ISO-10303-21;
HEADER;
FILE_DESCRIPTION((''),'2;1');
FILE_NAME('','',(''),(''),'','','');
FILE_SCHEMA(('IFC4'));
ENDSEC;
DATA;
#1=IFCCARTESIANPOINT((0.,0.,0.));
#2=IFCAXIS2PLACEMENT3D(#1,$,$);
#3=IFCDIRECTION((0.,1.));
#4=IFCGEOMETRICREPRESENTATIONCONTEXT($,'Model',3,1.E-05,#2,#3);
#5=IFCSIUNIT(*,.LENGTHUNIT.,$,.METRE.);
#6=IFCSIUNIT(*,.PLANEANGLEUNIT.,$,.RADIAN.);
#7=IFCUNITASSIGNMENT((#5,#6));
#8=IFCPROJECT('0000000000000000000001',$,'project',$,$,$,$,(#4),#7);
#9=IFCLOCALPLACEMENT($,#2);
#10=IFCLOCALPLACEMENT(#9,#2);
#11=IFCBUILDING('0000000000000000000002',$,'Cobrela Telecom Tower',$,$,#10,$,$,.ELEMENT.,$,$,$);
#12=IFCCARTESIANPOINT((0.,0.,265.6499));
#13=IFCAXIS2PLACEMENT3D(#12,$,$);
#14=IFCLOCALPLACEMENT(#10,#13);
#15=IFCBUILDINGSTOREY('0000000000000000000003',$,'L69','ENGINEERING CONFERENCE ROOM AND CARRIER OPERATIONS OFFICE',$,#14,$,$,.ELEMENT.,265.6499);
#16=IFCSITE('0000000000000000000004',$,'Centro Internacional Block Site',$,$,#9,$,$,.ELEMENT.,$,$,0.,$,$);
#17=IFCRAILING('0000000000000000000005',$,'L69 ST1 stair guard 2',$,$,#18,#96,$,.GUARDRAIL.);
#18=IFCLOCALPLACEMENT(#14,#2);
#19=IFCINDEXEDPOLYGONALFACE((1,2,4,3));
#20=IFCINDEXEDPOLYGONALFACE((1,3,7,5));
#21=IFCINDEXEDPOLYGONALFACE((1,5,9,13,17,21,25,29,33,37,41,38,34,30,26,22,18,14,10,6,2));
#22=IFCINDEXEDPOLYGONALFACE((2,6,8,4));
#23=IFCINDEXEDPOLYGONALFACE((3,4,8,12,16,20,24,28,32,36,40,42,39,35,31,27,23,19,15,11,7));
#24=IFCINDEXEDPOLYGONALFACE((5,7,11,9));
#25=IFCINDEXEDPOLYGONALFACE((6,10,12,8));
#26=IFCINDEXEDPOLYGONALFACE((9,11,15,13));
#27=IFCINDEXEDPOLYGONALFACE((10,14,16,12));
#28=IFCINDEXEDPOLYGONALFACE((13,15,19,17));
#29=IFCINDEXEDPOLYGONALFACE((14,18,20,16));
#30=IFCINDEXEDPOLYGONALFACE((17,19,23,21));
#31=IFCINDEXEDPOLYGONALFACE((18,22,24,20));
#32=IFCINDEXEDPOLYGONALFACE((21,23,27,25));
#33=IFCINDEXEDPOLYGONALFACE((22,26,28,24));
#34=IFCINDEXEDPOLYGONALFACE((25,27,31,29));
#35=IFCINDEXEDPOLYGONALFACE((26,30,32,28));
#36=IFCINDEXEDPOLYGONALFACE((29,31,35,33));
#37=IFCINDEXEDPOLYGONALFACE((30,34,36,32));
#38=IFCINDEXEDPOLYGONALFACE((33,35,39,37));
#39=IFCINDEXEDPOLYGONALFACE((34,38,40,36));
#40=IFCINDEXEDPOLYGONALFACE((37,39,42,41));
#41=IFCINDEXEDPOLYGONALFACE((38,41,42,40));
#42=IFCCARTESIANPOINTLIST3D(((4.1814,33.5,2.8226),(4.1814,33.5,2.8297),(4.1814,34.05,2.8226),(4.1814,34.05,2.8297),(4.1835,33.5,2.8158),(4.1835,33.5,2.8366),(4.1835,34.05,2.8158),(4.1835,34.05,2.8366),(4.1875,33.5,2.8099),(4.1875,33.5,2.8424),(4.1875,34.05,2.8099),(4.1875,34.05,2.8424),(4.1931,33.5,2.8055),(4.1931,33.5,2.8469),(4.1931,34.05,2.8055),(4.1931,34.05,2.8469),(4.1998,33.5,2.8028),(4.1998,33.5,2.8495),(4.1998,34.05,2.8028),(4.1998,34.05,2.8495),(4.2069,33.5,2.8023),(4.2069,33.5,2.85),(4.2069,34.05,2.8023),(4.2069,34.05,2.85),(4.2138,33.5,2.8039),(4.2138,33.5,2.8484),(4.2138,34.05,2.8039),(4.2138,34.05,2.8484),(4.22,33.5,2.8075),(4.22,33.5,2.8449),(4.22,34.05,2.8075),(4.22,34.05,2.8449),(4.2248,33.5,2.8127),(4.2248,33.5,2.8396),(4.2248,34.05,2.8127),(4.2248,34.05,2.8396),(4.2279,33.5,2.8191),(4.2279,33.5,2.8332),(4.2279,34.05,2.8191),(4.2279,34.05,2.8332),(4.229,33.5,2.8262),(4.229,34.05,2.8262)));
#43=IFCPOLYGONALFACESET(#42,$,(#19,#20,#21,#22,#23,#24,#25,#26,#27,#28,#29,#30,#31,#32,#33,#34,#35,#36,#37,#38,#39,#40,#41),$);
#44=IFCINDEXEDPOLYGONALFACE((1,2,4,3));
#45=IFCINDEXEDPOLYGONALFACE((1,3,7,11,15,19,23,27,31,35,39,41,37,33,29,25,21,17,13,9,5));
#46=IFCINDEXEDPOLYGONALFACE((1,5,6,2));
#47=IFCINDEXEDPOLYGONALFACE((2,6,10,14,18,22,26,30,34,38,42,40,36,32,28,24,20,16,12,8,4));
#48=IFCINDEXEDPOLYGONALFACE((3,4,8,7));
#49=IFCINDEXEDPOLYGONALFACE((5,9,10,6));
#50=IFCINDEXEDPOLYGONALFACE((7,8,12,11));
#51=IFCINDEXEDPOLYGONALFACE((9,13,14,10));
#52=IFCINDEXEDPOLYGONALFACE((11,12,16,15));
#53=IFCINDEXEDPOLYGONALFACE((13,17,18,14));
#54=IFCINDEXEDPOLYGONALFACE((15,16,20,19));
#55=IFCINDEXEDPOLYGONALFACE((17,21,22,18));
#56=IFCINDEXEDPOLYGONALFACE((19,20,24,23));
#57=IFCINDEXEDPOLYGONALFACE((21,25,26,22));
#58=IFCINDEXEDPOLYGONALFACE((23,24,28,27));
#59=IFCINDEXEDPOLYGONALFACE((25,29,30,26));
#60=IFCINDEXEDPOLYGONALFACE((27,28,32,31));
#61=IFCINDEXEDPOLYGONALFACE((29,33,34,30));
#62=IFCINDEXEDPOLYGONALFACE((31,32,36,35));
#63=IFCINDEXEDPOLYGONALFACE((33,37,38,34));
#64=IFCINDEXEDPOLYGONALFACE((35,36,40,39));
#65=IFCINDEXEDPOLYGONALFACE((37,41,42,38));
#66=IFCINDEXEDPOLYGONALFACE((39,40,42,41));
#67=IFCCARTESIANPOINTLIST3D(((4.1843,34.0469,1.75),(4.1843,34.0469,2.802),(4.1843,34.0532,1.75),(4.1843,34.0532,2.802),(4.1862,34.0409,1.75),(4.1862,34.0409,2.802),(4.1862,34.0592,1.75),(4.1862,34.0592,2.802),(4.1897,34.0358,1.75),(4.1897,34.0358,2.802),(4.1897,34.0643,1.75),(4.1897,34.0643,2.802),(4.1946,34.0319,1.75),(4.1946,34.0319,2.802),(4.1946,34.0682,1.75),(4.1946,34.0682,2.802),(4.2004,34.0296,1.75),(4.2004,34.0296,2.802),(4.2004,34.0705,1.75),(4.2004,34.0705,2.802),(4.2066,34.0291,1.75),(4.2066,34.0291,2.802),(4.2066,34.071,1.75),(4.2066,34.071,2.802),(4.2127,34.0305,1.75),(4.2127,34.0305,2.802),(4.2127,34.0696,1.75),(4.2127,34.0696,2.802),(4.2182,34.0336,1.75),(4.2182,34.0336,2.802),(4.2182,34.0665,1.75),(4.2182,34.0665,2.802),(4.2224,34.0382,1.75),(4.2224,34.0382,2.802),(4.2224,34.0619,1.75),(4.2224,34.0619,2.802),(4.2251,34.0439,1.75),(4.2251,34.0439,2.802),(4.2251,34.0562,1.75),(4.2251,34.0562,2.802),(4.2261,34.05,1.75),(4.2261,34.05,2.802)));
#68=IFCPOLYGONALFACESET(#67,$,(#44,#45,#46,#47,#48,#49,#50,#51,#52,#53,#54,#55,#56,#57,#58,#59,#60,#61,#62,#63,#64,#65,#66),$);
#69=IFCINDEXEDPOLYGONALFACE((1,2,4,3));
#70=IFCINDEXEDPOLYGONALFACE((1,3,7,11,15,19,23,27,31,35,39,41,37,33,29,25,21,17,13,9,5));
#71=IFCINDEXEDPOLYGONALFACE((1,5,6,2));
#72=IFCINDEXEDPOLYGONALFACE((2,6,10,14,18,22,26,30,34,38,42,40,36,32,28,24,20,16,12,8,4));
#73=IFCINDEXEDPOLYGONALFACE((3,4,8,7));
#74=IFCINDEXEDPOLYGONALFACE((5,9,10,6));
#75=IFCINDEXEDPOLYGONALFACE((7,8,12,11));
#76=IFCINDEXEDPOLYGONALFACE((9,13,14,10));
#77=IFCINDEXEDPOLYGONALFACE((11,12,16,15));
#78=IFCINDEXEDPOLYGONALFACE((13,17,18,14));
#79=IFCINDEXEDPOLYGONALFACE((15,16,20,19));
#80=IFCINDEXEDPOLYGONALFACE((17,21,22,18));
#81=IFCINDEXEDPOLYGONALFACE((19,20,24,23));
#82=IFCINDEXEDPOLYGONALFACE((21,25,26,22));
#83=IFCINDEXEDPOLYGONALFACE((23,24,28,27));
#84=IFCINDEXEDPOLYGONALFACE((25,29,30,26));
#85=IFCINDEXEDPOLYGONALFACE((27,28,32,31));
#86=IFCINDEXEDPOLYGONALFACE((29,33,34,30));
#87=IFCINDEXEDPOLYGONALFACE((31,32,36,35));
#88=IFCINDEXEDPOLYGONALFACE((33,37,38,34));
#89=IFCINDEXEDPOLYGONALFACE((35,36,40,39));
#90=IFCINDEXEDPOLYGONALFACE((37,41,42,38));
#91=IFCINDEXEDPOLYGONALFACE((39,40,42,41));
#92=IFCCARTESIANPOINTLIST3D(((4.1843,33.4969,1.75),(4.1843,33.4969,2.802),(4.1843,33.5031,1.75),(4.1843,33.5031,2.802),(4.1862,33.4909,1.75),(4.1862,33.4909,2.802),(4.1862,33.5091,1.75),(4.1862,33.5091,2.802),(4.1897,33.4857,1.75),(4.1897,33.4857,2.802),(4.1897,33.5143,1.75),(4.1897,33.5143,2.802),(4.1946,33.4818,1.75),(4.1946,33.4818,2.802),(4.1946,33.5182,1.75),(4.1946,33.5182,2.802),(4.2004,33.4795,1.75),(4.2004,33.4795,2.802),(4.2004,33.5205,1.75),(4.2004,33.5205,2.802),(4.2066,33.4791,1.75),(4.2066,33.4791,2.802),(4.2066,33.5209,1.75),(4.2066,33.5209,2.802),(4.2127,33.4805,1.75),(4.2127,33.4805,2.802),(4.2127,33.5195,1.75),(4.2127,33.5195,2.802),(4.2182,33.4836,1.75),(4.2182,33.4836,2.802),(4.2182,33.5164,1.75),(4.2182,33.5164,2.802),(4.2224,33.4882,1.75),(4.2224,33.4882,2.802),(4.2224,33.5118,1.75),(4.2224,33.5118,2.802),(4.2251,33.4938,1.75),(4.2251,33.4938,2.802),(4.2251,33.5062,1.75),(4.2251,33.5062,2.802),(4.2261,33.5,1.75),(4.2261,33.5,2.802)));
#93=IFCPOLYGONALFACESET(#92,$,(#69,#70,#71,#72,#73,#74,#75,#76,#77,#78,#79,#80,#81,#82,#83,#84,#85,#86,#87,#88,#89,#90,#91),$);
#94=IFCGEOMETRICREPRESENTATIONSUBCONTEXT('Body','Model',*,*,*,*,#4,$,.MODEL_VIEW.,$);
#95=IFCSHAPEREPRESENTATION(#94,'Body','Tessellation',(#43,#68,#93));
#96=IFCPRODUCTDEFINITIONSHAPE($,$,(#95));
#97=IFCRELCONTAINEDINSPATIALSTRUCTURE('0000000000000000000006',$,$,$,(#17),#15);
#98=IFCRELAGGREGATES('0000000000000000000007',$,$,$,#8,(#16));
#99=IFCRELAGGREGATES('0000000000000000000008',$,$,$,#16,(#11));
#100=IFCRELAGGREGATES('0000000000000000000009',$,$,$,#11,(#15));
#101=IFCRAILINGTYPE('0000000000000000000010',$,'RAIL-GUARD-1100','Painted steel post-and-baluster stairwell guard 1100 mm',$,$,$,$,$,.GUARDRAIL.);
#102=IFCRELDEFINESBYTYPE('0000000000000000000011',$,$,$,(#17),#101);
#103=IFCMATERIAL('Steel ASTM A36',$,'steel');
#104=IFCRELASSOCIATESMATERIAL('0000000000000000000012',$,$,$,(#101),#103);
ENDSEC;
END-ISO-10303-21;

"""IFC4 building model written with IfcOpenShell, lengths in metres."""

from ifc_helpers import new_model, si_unit, direction, frame, origin, origin_2d, place, context, subcontext, project, spatial, circle, extrude, material, type_object, element, save


model = new_model("IFC4")

# Units and contexts
model_context = context("Model", 3, precision=1e-05, world=origin(), true_north=direction((0.0, 1.0)))
body_context = subcontext(model_context, "Body", "Model", "MODEL_VIEW")
ifc_project = project(units=[si_unit("LENGTHUNIT", "METRE"), si_unit("PLANEANGLEUNIT", "RADIAN")], contexts=[model_context])

# Site, building, storey
site_placement = place(None, origin())
site = spatial("IfcSite", under=ifc_project, at=site_placement, Name="Centro Internacional Block Site", CompositionType="ELEMENT", RefElevation=0.0)
building_placement = place(site_placement, origin())
building = spatial("IfcBuilding", under=site, at=building_placement, Name="Cobrela Telecom Tower", CompositionType="ELEMENT")
storey_placement = place(building_placement, frame((0.0, 0.0, 265.6499)))
storey = spatial("IfcBuildingStorey", under=building, at=storey_placement, Name="L69", Description="ENGINEERING CONFERENCE ROOM AND CARRIER OPERATIONS OFFICE", CompositionType="ELEMENT", Elevation=265.6499)

# Shared definitions
ifc_material_1 = material(Name="Steel ASTM A36", Category="steel")

# Railing
railing_type_1 = type_object("IfcRailingType", Name="RAIL-GUARD-1100", Description="Painted steel post-and-baluster stairwell guard 1100 mm", PredefinedType="GUARDRAIL", material=ifc_material_1)
railing_1_placement = place(storey_placement, frame((4.2051, 34.05, 1.75)))
element("IfcRailing", 1, at=railing_1_placement, inside=storey, type_object=railing_type_1, Name="L69 ST1 stair guard 2", PredefinedType="GUARDRAIL", context=body_context, shape_type="SweptSolid", body=[
    extrude(circle(Radius=0.0239, at=origin_2d()), frame((0.0, 0.0, 1.0762), z_axis=(0.0, -1.0, 0.0), x_axis=(1.0, 0.0, 0.0)), (0.0, 0.0, 1.0), 0.55),
    extrude(circle(Radius=0.021, at=origin_2d()), origin(), (0.0, 0.0, 1.0), 1.052),
    extrude(circle(Radius=0.021, at=origin_2d()), frame((0.0, -0.55, 0.0)), (0.0, 0.0, 1.0), 1.052),
])

save(model, "model.ifc")
